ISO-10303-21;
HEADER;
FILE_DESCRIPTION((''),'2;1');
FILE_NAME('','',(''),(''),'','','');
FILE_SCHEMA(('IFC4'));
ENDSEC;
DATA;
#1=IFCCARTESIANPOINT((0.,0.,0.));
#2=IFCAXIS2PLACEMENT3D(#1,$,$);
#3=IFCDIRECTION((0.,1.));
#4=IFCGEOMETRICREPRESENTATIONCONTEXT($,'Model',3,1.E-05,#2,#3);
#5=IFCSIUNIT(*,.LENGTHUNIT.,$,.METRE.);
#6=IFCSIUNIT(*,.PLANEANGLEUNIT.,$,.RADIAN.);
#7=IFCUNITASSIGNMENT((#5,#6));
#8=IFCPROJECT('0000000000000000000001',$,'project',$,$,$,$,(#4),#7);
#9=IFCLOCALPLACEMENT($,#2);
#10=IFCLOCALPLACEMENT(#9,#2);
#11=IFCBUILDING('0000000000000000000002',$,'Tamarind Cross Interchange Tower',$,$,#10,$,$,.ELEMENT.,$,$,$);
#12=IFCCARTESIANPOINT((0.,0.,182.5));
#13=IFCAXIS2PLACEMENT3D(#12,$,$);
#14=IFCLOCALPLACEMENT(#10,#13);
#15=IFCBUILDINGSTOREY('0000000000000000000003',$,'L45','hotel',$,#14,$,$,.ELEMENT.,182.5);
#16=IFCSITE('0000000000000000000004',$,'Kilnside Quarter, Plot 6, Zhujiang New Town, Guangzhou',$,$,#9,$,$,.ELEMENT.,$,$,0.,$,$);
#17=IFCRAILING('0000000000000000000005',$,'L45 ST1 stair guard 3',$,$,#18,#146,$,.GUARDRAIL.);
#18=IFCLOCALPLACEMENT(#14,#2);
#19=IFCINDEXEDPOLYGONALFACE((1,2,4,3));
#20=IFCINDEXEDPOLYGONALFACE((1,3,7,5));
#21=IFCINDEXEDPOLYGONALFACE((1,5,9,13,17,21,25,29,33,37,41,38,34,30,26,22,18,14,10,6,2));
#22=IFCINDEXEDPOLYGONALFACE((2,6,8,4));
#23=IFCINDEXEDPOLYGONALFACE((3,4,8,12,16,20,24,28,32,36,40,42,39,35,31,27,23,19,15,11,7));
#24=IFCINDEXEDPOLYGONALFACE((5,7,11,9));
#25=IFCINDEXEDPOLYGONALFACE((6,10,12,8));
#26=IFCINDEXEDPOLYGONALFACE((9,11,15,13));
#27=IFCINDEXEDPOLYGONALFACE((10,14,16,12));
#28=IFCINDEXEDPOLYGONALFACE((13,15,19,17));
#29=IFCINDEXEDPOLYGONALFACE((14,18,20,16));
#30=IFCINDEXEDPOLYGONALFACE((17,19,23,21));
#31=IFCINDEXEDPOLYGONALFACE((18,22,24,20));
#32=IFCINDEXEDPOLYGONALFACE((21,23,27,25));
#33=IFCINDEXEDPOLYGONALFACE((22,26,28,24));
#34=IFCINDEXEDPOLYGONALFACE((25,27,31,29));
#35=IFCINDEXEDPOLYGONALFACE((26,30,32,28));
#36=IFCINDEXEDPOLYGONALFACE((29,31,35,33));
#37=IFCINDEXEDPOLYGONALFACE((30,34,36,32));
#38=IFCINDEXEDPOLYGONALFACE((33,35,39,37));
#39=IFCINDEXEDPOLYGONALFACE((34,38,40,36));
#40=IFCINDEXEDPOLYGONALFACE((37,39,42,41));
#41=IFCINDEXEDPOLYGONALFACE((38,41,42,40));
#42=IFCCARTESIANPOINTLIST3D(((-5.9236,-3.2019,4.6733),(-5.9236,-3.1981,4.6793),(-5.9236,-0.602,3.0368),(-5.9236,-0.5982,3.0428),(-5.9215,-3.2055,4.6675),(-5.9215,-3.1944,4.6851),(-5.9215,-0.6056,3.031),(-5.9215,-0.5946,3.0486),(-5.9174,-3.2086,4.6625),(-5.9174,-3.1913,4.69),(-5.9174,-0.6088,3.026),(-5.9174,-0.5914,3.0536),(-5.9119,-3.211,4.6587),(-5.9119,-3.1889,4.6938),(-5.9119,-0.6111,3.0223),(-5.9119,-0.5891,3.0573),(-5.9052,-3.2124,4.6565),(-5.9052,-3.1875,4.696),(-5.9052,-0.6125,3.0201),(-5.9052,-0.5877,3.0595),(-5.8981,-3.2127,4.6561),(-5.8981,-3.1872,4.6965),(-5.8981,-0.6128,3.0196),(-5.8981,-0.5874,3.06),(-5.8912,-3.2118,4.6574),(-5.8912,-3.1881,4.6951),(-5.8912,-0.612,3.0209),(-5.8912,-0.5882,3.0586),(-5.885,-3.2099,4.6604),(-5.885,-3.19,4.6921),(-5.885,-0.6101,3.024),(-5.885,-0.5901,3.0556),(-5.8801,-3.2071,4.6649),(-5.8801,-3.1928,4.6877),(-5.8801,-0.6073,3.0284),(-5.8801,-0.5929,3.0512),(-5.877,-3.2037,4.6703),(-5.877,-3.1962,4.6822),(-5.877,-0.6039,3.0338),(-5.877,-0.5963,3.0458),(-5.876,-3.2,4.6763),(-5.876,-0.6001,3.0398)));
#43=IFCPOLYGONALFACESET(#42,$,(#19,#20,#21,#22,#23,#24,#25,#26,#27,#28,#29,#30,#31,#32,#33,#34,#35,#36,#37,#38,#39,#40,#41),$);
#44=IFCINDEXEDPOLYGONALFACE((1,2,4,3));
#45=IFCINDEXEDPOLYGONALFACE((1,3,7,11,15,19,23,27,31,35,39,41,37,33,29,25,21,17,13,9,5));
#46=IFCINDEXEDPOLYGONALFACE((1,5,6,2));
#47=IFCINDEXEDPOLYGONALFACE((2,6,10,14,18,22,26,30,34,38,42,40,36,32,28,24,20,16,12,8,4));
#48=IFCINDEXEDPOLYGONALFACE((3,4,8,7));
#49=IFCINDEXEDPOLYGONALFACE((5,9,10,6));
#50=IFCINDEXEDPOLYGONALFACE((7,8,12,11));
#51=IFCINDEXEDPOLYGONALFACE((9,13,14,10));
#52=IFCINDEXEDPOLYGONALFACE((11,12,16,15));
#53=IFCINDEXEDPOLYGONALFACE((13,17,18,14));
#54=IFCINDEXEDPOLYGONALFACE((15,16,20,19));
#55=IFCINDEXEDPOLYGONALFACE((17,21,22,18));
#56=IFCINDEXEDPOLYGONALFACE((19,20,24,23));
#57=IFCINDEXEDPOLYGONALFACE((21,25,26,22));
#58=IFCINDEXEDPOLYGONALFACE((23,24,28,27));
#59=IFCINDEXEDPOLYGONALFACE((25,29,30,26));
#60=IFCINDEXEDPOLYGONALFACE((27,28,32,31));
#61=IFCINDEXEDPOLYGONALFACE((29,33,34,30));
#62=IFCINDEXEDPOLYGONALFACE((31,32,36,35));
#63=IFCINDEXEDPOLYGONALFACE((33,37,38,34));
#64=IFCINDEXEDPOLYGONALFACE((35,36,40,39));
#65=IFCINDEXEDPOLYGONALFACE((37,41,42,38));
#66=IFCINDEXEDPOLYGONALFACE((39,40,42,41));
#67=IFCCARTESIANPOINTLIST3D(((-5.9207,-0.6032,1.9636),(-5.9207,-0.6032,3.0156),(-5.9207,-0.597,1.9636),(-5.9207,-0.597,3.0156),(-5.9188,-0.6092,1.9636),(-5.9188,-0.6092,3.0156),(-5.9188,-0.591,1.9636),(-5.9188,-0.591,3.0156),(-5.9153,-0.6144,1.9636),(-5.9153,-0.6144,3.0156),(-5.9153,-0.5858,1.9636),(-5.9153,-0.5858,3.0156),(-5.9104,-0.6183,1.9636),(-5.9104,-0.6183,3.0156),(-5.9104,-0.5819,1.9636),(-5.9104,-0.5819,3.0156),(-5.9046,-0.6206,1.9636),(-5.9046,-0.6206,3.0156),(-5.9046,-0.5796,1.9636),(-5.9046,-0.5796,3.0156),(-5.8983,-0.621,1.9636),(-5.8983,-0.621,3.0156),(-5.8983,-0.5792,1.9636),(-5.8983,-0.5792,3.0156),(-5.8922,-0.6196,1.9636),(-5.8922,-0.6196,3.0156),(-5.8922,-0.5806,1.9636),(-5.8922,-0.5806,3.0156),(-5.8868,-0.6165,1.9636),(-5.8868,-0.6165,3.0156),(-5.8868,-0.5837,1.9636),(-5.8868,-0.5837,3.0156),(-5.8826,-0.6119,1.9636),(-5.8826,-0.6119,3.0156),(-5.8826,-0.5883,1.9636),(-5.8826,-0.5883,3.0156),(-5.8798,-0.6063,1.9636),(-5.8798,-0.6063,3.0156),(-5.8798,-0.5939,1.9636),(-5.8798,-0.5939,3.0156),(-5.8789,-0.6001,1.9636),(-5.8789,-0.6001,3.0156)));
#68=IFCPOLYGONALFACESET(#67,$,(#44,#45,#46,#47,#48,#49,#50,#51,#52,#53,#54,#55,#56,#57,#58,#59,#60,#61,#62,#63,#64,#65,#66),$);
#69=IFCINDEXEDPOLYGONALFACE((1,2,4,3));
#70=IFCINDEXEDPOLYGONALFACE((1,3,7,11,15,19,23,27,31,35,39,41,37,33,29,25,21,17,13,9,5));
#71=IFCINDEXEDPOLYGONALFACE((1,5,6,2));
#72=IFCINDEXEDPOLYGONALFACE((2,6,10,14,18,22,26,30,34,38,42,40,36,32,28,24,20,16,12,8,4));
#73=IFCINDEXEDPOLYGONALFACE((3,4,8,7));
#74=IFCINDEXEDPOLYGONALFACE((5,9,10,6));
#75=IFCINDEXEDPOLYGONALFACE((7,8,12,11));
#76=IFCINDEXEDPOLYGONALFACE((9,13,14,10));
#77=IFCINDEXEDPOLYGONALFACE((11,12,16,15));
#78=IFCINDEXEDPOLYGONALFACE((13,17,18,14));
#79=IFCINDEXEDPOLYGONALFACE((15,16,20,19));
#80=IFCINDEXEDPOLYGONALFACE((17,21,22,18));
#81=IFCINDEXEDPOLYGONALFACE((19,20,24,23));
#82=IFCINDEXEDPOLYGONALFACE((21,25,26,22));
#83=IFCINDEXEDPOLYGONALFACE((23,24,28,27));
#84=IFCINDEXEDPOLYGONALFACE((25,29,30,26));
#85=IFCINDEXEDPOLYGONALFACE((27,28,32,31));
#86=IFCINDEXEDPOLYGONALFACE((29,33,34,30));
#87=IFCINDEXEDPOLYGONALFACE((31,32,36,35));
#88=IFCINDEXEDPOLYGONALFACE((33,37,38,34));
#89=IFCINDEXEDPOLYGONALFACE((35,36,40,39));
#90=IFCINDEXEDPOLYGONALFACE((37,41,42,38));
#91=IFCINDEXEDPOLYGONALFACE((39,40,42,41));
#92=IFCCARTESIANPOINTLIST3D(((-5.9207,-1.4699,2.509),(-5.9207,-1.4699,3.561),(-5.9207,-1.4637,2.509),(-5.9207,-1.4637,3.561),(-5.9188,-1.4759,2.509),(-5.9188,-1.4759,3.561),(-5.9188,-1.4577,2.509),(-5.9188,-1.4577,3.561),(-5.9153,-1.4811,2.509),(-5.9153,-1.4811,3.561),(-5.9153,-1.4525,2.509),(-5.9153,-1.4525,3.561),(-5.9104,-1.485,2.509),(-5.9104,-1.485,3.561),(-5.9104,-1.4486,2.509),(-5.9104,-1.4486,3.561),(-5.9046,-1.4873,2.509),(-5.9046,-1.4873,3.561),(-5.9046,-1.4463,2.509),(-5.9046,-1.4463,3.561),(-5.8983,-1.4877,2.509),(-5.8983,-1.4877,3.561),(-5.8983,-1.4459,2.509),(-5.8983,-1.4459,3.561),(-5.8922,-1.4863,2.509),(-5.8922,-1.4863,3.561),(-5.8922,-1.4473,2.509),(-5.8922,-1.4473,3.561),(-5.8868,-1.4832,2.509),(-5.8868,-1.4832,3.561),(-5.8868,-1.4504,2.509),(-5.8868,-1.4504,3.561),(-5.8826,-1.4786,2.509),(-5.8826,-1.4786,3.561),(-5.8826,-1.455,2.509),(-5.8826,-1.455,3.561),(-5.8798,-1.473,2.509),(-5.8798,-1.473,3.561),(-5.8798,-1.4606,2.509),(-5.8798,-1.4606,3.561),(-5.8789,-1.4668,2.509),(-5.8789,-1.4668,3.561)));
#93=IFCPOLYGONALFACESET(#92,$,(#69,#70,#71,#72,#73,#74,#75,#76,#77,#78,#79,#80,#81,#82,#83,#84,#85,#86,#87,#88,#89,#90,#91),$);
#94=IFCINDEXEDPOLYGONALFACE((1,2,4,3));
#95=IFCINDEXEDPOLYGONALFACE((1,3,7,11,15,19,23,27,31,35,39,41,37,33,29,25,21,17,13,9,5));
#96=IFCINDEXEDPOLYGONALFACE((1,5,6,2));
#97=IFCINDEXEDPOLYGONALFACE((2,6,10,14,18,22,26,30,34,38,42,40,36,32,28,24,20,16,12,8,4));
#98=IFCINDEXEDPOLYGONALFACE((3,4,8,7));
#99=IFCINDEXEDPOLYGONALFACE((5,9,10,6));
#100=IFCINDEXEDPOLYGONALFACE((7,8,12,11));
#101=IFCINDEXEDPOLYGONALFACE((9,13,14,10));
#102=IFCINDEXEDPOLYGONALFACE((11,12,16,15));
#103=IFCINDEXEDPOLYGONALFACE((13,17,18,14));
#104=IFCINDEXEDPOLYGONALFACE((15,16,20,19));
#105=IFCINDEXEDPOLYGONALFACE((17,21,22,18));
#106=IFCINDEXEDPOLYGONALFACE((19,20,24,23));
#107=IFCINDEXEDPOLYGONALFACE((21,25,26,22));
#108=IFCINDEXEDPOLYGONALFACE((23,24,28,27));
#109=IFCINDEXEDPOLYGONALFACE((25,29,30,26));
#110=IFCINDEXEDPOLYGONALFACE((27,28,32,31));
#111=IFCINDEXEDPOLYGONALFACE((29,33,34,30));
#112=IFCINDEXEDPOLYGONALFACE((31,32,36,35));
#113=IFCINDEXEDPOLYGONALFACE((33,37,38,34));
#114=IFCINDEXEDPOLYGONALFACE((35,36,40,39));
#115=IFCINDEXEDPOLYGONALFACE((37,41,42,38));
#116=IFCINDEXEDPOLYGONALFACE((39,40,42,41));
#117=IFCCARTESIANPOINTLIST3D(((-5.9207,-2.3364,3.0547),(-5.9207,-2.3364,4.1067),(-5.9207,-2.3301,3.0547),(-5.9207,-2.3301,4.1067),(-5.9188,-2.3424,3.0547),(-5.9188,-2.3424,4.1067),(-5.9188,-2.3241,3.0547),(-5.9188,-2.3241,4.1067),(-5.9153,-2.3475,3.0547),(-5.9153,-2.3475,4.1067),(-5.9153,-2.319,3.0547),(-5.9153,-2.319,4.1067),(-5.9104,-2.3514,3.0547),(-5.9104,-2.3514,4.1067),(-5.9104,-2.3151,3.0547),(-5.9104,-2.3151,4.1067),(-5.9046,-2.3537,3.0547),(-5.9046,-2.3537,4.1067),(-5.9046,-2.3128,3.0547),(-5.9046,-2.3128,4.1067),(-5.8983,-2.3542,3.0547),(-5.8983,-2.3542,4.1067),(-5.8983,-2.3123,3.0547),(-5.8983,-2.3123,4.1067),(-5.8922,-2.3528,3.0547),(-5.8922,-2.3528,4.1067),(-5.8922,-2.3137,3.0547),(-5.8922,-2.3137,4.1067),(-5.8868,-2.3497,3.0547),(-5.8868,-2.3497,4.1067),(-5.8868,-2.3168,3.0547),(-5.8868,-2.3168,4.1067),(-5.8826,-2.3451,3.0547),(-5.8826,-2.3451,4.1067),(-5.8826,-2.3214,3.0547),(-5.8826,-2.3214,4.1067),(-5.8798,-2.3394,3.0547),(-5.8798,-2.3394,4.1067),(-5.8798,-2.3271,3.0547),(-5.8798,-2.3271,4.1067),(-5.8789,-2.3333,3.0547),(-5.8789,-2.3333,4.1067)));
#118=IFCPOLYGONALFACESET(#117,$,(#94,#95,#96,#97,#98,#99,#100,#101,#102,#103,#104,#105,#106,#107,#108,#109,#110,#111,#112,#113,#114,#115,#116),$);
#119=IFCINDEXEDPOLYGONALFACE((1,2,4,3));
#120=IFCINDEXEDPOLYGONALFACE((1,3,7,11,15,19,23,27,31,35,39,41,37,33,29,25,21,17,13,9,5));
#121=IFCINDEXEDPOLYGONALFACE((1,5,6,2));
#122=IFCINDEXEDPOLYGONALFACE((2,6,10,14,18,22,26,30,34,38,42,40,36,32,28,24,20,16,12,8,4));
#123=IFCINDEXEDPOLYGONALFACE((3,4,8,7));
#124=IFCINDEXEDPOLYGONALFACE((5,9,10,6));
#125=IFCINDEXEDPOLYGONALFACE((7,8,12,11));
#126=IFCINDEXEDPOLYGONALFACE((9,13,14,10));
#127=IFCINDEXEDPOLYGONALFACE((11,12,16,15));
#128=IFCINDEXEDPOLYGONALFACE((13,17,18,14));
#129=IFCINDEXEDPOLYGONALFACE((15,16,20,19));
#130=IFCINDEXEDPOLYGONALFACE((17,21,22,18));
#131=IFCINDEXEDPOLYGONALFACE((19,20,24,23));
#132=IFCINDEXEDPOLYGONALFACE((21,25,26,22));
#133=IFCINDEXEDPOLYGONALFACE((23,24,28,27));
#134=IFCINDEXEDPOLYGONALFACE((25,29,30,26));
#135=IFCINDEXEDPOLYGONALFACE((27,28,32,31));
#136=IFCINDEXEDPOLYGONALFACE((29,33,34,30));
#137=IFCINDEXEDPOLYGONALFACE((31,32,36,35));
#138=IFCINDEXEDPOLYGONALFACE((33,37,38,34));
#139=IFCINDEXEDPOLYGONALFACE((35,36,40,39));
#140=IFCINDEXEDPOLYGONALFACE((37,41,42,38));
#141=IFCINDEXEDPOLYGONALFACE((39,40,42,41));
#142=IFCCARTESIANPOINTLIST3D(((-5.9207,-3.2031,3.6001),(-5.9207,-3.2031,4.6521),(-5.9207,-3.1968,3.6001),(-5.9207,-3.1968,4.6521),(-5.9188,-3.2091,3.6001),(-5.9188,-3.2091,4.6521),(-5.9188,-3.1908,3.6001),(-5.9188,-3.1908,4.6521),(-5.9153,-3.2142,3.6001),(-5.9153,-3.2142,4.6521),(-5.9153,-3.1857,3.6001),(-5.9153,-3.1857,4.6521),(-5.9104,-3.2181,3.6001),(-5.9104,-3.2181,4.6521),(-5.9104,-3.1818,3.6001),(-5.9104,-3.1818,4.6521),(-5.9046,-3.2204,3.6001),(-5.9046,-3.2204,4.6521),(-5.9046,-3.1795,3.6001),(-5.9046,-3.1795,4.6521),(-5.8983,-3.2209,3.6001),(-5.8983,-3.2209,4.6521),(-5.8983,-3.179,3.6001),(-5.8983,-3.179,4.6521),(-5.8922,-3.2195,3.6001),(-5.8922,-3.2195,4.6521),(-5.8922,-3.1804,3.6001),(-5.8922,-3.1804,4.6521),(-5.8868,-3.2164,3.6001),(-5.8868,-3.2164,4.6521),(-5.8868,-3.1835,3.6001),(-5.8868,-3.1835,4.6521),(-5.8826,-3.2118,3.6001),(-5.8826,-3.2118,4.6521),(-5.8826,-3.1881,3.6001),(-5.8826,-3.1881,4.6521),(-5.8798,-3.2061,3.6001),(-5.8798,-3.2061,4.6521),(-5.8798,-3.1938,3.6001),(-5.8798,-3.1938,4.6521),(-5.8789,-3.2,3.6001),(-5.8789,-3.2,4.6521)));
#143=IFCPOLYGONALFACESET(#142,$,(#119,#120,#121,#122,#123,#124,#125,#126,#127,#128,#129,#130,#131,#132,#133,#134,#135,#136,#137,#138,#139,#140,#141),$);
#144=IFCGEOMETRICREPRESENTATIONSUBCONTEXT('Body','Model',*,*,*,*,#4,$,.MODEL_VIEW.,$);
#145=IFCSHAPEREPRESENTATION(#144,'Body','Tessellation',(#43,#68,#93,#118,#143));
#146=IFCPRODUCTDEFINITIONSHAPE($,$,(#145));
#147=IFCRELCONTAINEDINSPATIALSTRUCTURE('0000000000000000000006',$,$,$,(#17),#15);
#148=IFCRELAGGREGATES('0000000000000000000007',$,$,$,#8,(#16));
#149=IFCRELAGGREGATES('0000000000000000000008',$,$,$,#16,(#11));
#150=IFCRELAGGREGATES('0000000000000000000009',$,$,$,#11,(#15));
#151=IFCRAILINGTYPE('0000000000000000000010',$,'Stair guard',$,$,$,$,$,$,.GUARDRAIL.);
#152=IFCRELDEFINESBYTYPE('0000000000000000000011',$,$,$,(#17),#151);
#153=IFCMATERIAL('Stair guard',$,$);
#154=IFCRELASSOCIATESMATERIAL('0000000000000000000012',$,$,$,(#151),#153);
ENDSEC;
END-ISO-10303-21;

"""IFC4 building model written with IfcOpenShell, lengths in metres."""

from ifc_helpers import new_model, si_unit, direction, frame, origin, origin_2d, place, context, subcontext, project, spatial, circle, extrude, material, type_object, element, save


model = new_model("IFC4")

# Units and contexts
model_context = context("Model", 3, precision=1e-05, world=origin(), true_north=direction((0.0, 1.0)))
body_context = subcontext(model_context, "Body", "Model", "MODEL_VIEW")
ifc_project = project(units=[si_unit("LENGTHUNIT", "METRE"), si_unit("PLANEANGLEUNIT", "RADIAN")], contexts=[model_context])

# Site, building, storey
site_placement = place(None, origin())
site = spatial("IfcSite", under=ifc_project, at=site_placement, Name="Kilnside Quarter, Plot 6, Zhujiang New Town, Guangzhou", CompositionType="ELEMENT", RefElevation=0.0)
building_placement = place(site_placement, origin())
building = spatial("IfcBuilding", under=site, at=building_placement, Name="Tamarind Cross Interchange Tower", CompositionType="ELEMENT")
storey_placement = place(building_placement, frame((0.0, 0.0, 182.5)))
storey = spatial("IfcBuildingStorey", under=building, at=storey_placement, Name="L45", Description="hotel", CompositionType="ELEMENT", Elevation=182.5)

# Railing
ifc_material_1 = material(Name="Stair guard")
railing_type_1 = type_object("IfcRailingType", Name="Stair guard", PredefinedType="GUARDRAIL", material=ifc_material_1)
railing_1_placement = place(storey_placement, frame((-5.8999, -0.6001, 1.9636)))
element("IfcRailing", 1, at=railing_1_placement, inside=storey, type_object=railing_type_1, Name="L45 ST1 stair guard 3", PredefinedType="GUARDRAIL", context=body_context, shape_type="SweptSolid", body=[
    extrude(circle(Radius=0.0239, at=origin_2d()), frame((0.0, 0.0, 1.0762), z_axis=(0.0, -0.846302, 0.532704), x_axis=(1.0, 0.0, 0.0)), (0.0, 0.0, 1.0), 3.072),
    extrude(circle(Radius=0.021, at=origin_2d()), origin(), (0.0, 0.0, 1.0), 1.052),
    extrude(circle(Radius=0.021, at=origin_2d()), frame((0.0, -0.8667, 0.5454)), (0.0, 0.0, 1.0), 1.052),
    extrude(circle(Radius=0.021, at=origin_2d()), frame((0.0, -1.7332, 1.0911)), (0.0, 0.0, 1.0), 1.052),
    extrude(circle(Radius=0.021, at=origin_2d()), frame((0.0, -2.5999, 1.6365)), (0.0, 0.0, 1.0), 1.052),
])

save(model, "model.ifc")
